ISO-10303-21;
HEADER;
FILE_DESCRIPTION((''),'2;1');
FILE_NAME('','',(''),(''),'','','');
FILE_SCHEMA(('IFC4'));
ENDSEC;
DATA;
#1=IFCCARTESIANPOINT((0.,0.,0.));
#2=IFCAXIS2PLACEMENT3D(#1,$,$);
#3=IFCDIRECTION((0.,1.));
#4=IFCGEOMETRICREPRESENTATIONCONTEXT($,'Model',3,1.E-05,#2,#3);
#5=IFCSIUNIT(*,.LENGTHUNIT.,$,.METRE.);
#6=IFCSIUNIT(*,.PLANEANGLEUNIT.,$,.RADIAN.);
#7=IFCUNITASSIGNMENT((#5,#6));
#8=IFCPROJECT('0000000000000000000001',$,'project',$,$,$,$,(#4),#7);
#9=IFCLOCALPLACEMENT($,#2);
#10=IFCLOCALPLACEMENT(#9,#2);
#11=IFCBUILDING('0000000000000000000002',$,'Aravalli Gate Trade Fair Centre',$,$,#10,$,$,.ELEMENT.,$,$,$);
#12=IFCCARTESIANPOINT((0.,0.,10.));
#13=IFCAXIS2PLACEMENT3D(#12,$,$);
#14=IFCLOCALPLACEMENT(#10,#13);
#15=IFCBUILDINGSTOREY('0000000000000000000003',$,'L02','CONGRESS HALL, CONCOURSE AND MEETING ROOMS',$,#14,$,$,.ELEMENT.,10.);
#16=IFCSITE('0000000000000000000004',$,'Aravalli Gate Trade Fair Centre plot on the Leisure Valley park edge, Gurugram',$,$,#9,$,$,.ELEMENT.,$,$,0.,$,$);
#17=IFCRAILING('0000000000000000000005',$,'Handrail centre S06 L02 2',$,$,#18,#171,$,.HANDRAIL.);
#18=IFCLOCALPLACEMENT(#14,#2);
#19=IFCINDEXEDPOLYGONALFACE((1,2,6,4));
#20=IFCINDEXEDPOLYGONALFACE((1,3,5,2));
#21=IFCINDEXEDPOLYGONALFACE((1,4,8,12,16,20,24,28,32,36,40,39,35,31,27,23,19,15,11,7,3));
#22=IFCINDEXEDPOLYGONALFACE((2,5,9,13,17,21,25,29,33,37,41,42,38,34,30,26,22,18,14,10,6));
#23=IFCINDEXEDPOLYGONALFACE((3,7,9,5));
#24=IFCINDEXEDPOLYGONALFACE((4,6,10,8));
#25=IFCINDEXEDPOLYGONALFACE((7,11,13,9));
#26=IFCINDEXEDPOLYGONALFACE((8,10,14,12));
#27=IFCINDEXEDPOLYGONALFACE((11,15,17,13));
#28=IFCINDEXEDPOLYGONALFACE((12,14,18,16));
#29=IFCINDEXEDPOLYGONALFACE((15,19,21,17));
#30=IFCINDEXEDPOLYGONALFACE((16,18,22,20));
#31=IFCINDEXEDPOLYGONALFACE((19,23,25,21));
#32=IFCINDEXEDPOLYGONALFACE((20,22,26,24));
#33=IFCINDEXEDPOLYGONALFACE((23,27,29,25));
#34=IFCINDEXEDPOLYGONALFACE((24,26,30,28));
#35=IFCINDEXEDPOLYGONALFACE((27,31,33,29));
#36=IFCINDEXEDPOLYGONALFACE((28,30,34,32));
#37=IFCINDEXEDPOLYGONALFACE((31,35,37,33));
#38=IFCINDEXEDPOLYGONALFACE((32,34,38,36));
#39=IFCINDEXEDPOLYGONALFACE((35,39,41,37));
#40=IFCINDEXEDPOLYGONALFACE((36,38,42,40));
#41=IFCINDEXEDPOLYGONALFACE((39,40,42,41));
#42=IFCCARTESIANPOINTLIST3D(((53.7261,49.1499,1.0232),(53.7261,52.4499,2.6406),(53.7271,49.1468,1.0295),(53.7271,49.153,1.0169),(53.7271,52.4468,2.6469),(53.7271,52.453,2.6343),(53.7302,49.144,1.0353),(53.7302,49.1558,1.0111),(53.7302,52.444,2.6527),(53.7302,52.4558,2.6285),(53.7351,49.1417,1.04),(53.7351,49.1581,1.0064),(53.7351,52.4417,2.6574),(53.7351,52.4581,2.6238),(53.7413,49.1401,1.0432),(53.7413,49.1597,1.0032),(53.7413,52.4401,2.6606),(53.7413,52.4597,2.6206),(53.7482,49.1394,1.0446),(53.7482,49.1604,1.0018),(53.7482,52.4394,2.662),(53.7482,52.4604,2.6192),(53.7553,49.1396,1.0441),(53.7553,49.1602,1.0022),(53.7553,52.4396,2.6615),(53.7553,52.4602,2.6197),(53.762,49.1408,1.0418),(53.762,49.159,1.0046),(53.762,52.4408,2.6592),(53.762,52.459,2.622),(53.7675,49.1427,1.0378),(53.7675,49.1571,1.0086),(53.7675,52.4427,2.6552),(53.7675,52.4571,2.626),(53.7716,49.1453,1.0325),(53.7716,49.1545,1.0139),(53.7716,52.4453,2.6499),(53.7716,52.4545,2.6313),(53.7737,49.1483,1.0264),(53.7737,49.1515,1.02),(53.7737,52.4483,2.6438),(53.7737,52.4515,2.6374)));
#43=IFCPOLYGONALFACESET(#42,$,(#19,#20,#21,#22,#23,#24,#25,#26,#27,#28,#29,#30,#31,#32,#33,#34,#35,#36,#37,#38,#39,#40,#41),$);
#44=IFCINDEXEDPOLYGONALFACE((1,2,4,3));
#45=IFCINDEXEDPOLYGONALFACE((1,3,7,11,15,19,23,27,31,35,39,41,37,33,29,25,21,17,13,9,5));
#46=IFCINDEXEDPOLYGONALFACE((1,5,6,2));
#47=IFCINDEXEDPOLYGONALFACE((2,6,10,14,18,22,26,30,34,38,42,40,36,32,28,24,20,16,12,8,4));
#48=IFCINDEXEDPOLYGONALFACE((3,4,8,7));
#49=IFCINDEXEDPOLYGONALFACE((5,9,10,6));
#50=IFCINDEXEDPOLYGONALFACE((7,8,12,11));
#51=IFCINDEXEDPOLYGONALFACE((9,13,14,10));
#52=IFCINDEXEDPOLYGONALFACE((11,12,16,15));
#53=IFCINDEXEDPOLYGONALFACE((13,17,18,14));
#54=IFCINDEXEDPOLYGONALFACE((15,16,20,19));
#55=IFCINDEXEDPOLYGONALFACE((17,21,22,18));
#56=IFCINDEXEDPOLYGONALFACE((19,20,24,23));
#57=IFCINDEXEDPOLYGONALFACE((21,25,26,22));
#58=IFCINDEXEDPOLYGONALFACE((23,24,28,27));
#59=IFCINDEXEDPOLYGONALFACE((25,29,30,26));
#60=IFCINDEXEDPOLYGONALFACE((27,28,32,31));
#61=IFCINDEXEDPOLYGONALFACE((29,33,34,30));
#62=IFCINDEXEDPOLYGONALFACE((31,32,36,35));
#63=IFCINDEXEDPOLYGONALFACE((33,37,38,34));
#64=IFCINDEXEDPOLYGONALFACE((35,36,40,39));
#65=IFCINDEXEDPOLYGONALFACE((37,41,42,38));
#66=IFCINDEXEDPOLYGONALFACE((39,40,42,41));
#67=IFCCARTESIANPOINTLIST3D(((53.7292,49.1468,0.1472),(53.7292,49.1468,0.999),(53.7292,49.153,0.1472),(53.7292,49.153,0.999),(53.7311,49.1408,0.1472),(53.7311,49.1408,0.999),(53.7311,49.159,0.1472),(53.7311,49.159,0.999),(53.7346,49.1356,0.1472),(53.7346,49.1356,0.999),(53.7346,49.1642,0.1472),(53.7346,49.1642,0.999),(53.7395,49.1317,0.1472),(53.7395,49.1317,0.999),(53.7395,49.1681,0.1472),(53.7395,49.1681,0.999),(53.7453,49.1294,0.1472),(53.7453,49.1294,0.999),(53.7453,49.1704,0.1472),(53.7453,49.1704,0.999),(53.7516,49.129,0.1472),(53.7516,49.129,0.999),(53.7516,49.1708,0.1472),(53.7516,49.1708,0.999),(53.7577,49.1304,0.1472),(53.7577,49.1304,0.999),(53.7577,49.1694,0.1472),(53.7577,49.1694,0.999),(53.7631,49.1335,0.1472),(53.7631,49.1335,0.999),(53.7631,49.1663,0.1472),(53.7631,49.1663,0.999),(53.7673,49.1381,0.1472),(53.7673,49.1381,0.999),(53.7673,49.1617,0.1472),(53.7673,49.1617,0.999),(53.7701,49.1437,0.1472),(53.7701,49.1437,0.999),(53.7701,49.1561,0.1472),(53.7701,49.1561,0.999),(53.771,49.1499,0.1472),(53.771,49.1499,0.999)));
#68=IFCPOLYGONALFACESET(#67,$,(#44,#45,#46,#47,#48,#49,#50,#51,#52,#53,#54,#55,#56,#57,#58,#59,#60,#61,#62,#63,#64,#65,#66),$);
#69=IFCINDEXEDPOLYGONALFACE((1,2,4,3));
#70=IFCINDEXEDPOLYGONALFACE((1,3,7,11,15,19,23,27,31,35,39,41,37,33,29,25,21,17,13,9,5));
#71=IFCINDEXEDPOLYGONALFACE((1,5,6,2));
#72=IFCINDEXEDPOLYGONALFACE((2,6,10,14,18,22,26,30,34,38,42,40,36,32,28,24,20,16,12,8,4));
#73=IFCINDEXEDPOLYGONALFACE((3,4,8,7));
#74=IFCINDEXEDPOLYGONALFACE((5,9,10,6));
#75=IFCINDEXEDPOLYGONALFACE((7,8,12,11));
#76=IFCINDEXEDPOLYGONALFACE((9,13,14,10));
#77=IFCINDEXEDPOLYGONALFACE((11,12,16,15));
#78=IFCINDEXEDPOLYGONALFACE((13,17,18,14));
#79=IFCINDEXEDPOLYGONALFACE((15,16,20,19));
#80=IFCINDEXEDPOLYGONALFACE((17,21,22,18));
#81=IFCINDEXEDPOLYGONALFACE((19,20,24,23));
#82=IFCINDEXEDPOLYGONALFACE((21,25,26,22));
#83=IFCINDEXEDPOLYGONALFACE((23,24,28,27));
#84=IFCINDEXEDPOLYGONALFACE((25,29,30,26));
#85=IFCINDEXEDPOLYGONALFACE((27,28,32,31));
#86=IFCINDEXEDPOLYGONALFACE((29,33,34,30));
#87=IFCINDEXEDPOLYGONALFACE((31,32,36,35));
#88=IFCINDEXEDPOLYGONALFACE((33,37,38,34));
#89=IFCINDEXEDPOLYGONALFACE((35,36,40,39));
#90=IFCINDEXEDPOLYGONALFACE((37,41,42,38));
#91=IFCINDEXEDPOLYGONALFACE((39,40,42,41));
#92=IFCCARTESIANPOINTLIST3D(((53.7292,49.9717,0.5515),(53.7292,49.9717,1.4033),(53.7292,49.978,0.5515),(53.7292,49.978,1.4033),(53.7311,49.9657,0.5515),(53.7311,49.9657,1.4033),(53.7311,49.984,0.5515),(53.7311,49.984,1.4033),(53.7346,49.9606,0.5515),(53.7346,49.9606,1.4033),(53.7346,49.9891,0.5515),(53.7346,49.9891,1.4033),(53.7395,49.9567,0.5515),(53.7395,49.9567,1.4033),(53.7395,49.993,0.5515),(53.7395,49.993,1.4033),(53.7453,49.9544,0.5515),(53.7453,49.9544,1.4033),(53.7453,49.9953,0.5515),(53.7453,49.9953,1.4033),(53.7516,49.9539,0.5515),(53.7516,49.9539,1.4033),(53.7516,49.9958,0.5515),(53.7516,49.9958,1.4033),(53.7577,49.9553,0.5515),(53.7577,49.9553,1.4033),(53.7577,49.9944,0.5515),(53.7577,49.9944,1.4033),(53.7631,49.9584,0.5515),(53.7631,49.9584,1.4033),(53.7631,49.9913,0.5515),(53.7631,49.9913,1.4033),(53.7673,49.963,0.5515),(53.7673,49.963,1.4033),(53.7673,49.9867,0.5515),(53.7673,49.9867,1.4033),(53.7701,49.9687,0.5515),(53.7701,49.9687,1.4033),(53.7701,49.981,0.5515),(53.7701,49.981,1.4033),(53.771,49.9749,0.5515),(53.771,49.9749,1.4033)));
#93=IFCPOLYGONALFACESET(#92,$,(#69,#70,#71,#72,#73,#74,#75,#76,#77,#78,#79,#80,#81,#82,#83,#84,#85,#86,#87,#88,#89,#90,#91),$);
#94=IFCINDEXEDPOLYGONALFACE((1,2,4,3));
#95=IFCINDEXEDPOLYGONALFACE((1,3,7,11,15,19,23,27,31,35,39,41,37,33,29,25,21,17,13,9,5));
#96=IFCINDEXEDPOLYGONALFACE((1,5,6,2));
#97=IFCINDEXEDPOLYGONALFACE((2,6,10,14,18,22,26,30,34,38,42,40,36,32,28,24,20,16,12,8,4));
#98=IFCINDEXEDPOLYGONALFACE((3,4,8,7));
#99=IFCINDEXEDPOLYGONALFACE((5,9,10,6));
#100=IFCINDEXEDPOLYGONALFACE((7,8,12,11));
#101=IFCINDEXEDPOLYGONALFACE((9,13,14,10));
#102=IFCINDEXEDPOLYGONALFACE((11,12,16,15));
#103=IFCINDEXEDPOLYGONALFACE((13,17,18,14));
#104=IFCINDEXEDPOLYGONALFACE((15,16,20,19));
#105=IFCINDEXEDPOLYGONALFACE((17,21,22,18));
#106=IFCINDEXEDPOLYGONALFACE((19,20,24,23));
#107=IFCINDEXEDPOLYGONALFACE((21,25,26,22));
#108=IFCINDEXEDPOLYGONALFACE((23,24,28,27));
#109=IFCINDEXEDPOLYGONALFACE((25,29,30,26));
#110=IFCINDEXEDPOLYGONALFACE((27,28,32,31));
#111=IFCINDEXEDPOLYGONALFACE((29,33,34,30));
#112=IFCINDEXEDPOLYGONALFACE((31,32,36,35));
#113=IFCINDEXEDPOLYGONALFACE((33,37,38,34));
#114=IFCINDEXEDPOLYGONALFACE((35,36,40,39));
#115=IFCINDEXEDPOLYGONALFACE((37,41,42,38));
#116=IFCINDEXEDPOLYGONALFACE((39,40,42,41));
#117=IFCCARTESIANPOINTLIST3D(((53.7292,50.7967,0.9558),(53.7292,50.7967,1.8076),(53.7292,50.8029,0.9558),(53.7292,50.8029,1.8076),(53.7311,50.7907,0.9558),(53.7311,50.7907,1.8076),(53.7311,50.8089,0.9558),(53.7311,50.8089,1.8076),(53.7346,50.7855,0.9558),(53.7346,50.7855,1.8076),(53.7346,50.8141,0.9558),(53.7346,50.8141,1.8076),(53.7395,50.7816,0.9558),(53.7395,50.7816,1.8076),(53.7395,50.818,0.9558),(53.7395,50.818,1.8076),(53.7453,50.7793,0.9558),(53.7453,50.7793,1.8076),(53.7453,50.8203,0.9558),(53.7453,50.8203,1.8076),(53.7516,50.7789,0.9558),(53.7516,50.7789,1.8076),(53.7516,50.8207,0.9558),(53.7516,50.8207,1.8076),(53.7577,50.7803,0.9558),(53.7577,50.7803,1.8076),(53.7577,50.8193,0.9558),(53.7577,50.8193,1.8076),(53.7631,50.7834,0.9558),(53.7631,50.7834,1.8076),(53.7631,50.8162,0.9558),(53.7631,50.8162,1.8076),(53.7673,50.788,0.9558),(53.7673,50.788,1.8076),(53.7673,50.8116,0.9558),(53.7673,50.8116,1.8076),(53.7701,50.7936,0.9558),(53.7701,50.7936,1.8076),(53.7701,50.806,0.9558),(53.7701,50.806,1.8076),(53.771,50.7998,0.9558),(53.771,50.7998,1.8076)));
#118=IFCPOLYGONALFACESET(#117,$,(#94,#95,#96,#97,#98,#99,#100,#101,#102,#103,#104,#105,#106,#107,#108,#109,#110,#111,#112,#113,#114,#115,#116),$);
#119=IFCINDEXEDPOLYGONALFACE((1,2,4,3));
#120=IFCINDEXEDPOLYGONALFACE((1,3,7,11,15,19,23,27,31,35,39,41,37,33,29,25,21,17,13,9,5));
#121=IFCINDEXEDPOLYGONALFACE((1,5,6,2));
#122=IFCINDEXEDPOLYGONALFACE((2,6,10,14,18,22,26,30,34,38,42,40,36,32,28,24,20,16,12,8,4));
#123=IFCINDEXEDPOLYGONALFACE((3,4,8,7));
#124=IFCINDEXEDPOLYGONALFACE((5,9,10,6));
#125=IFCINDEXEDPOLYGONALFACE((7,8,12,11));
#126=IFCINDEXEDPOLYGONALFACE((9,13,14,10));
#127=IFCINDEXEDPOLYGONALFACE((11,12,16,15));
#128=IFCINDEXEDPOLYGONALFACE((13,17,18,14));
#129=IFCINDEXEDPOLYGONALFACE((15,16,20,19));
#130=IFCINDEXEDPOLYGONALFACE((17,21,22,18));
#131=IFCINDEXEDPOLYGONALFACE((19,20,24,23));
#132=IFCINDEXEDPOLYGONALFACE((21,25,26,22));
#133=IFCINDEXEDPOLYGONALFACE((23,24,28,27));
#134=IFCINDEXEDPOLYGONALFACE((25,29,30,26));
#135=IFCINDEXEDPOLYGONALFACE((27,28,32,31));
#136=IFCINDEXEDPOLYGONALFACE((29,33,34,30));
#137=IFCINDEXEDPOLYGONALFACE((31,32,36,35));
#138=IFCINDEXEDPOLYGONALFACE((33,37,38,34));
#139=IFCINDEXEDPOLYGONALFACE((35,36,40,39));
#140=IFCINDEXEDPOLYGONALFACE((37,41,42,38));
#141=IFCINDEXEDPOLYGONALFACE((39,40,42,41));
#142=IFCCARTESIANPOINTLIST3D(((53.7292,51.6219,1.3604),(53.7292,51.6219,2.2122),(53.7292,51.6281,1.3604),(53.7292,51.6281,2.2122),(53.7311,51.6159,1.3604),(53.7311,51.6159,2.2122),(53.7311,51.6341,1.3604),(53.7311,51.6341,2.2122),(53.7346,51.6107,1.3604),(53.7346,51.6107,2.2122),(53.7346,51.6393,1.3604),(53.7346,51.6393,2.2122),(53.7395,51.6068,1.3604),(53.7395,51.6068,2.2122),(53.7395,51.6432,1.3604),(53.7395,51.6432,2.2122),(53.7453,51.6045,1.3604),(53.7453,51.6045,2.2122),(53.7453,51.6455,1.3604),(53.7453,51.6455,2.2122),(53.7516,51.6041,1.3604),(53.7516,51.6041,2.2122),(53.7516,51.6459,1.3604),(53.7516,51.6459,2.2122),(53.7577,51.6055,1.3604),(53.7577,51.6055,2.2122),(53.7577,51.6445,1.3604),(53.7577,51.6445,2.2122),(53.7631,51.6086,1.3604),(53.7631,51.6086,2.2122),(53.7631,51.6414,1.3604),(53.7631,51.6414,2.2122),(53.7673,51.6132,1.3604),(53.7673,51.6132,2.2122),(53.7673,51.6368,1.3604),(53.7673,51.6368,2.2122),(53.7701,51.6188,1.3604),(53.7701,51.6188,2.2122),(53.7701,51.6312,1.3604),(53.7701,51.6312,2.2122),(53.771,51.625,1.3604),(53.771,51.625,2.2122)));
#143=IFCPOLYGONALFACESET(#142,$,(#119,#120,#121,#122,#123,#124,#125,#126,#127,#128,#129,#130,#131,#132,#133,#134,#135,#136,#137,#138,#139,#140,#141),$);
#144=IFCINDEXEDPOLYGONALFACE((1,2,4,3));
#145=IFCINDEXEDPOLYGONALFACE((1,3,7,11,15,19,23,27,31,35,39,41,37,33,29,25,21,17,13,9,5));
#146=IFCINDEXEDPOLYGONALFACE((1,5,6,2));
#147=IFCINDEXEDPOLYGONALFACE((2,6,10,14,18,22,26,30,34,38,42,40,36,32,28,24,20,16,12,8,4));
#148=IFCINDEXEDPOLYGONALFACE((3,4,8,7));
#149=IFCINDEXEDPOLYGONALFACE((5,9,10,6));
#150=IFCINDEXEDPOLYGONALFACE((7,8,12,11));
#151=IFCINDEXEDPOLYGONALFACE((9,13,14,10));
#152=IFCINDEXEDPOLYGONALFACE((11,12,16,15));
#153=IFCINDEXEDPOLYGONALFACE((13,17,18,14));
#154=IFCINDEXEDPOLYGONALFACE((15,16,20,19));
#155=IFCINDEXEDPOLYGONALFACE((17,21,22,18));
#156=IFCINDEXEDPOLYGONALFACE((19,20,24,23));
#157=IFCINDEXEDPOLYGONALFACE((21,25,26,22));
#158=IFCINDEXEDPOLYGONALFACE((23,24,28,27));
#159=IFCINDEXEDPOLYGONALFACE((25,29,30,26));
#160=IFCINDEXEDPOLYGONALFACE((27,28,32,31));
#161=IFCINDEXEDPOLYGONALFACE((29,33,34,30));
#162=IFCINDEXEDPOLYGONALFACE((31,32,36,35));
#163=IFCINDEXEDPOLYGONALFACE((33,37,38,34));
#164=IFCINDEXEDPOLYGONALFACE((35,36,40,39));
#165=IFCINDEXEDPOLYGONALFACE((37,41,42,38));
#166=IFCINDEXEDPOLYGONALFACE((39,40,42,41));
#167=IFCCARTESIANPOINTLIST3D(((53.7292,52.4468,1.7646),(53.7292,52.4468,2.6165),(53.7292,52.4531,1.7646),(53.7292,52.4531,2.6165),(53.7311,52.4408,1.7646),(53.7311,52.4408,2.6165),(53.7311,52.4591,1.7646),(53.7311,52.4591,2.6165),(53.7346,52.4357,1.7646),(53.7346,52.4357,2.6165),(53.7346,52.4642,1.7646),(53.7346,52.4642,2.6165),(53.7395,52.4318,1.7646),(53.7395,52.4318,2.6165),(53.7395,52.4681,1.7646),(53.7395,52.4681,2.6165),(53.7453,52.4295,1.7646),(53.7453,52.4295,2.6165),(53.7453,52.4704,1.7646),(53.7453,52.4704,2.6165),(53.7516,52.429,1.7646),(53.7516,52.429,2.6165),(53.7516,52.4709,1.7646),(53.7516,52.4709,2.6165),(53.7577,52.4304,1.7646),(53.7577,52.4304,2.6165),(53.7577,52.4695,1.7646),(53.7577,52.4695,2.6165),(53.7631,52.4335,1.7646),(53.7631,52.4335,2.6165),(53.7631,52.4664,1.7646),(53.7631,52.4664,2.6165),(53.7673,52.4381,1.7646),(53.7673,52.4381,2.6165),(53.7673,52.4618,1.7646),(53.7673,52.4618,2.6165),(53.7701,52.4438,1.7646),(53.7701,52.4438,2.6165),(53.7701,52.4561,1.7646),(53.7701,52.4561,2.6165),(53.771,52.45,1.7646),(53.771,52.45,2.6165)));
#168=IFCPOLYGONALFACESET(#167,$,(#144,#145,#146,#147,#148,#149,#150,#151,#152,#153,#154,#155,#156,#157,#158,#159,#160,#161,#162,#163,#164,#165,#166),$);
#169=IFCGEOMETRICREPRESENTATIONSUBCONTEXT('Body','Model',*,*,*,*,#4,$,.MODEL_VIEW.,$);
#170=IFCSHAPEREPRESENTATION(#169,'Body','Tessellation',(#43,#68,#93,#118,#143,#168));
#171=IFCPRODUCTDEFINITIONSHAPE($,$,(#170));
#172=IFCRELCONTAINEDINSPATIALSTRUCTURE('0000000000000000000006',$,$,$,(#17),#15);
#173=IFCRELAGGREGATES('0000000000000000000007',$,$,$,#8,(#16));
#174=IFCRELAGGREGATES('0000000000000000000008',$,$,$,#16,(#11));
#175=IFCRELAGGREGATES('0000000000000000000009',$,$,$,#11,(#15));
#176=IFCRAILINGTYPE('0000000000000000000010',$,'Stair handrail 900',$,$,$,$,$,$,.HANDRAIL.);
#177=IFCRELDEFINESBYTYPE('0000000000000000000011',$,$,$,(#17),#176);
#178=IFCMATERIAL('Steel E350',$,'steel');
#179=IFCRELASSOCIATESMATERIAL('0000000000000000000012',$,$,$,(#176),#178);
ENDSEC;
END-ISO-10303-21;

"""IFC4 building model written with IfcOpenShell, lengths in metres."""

from ifc_helpers import new_model, si_unit, direction, frame, origin, origin_2d, place, context, subcontext, project, spatial, circle, extrude, material, type_object, element, save


model = new_model("IFC4")

# Units and contexts
model_context = context("Model", 3, precision=1e-05, world=origin(), true_north=direction((0.0, 1.0)))
body_context = subcontext(model_context, "Body", "Model", "MODEL_VIEW")
ifc_project = project(units=[si_unit("LENGTHUNIT", "METRE"), si_unit("PLANEANGLEUNIT", "RADIAN")], contexts=[model_context])

# Site, building, storey
site_placement = place(None, origin())
site = spatial("IfcSite", under=ifc_project, at=site_placement, Name="Aravalli Gate Trade Fair Centre plot on the Leisure Valley park edge, Gurugram", CompositionType="ELEMENT", RefElevation=0.0)
building_placement = place(site_placement, origin())
building = spatial("IfcBuilding", under=site, at=building_placement, Name="Aravalli Gate Trade Fair Centre", CompositionType="ELEMENT")
storey_placement = place(building_placement, frame((0.0, 0.0, 10.0)))
storey = spatial("IfcBuildingStorey", under=building, at=storey_placement, Name="L02", Description="CONGRESS HALL, CONCOURSE AND MEETING ROOMS", CompositionType="ELEMENT", Elevation=10.0)

# Shared definitions
ifc_material_1 = material(Name="Steel E350", Category="steel")

# Railing
railing_type_1 = type_object("IfcRailingType", Name="Stair handrail 900", PredefinedType="HANDRAIL", material=ifc_material_1)
railing_1_placement = place(storey_placement, frame((53.75, 49.1499, 0.1472)))
element("IfcRailing", 1, at=railing_1_placement, inside=storey, type_object=railing_type_1, Name="Handrail centre S06 L02 2", PredefinedType="HANDRAIL", context=body_context, shape_type="SweptSolid", body=[
    extrude(circle(Radius=0.0239, at=origin_2d()), frame((0.0, 0.0, 0.876), z_axis=(0.0, 0.897946, 0.440105), x_axis=(-1.0, 0.0, 0.0)), (0.0, 0.0, 1.0), 3.675),
    extrude(circle(Radius=0.021, at=origin_2d()), origin(), (0.0, 0.0, 1.0), 0.8518),
    extrude(circle(Radius=0.021, at=origin_2d()), frame((0.0, 0.825, 0.4043)), (0.0, 0.0, 1.0), 0.8518),
    extrude(circle(Radius=0.021, at=origin_2d()), frame((0.0, 1.6499, 0.8086)), (0.0, 0.0, 1.0), 0.8518),
    extrude(circle(Radius=0.021, at=origin_2d()), frame((0.0, 2.4751, 1.2131)), (0.0, 0.0, 1.0), 0.8518),
    extrude(circle(Radius=0.021, at=origin_2d()), frame((0.0, 3.3, 1.6174)), (0.0, 0.0, 1.0), 0.8518),
])

save(model, "model.ifc")
